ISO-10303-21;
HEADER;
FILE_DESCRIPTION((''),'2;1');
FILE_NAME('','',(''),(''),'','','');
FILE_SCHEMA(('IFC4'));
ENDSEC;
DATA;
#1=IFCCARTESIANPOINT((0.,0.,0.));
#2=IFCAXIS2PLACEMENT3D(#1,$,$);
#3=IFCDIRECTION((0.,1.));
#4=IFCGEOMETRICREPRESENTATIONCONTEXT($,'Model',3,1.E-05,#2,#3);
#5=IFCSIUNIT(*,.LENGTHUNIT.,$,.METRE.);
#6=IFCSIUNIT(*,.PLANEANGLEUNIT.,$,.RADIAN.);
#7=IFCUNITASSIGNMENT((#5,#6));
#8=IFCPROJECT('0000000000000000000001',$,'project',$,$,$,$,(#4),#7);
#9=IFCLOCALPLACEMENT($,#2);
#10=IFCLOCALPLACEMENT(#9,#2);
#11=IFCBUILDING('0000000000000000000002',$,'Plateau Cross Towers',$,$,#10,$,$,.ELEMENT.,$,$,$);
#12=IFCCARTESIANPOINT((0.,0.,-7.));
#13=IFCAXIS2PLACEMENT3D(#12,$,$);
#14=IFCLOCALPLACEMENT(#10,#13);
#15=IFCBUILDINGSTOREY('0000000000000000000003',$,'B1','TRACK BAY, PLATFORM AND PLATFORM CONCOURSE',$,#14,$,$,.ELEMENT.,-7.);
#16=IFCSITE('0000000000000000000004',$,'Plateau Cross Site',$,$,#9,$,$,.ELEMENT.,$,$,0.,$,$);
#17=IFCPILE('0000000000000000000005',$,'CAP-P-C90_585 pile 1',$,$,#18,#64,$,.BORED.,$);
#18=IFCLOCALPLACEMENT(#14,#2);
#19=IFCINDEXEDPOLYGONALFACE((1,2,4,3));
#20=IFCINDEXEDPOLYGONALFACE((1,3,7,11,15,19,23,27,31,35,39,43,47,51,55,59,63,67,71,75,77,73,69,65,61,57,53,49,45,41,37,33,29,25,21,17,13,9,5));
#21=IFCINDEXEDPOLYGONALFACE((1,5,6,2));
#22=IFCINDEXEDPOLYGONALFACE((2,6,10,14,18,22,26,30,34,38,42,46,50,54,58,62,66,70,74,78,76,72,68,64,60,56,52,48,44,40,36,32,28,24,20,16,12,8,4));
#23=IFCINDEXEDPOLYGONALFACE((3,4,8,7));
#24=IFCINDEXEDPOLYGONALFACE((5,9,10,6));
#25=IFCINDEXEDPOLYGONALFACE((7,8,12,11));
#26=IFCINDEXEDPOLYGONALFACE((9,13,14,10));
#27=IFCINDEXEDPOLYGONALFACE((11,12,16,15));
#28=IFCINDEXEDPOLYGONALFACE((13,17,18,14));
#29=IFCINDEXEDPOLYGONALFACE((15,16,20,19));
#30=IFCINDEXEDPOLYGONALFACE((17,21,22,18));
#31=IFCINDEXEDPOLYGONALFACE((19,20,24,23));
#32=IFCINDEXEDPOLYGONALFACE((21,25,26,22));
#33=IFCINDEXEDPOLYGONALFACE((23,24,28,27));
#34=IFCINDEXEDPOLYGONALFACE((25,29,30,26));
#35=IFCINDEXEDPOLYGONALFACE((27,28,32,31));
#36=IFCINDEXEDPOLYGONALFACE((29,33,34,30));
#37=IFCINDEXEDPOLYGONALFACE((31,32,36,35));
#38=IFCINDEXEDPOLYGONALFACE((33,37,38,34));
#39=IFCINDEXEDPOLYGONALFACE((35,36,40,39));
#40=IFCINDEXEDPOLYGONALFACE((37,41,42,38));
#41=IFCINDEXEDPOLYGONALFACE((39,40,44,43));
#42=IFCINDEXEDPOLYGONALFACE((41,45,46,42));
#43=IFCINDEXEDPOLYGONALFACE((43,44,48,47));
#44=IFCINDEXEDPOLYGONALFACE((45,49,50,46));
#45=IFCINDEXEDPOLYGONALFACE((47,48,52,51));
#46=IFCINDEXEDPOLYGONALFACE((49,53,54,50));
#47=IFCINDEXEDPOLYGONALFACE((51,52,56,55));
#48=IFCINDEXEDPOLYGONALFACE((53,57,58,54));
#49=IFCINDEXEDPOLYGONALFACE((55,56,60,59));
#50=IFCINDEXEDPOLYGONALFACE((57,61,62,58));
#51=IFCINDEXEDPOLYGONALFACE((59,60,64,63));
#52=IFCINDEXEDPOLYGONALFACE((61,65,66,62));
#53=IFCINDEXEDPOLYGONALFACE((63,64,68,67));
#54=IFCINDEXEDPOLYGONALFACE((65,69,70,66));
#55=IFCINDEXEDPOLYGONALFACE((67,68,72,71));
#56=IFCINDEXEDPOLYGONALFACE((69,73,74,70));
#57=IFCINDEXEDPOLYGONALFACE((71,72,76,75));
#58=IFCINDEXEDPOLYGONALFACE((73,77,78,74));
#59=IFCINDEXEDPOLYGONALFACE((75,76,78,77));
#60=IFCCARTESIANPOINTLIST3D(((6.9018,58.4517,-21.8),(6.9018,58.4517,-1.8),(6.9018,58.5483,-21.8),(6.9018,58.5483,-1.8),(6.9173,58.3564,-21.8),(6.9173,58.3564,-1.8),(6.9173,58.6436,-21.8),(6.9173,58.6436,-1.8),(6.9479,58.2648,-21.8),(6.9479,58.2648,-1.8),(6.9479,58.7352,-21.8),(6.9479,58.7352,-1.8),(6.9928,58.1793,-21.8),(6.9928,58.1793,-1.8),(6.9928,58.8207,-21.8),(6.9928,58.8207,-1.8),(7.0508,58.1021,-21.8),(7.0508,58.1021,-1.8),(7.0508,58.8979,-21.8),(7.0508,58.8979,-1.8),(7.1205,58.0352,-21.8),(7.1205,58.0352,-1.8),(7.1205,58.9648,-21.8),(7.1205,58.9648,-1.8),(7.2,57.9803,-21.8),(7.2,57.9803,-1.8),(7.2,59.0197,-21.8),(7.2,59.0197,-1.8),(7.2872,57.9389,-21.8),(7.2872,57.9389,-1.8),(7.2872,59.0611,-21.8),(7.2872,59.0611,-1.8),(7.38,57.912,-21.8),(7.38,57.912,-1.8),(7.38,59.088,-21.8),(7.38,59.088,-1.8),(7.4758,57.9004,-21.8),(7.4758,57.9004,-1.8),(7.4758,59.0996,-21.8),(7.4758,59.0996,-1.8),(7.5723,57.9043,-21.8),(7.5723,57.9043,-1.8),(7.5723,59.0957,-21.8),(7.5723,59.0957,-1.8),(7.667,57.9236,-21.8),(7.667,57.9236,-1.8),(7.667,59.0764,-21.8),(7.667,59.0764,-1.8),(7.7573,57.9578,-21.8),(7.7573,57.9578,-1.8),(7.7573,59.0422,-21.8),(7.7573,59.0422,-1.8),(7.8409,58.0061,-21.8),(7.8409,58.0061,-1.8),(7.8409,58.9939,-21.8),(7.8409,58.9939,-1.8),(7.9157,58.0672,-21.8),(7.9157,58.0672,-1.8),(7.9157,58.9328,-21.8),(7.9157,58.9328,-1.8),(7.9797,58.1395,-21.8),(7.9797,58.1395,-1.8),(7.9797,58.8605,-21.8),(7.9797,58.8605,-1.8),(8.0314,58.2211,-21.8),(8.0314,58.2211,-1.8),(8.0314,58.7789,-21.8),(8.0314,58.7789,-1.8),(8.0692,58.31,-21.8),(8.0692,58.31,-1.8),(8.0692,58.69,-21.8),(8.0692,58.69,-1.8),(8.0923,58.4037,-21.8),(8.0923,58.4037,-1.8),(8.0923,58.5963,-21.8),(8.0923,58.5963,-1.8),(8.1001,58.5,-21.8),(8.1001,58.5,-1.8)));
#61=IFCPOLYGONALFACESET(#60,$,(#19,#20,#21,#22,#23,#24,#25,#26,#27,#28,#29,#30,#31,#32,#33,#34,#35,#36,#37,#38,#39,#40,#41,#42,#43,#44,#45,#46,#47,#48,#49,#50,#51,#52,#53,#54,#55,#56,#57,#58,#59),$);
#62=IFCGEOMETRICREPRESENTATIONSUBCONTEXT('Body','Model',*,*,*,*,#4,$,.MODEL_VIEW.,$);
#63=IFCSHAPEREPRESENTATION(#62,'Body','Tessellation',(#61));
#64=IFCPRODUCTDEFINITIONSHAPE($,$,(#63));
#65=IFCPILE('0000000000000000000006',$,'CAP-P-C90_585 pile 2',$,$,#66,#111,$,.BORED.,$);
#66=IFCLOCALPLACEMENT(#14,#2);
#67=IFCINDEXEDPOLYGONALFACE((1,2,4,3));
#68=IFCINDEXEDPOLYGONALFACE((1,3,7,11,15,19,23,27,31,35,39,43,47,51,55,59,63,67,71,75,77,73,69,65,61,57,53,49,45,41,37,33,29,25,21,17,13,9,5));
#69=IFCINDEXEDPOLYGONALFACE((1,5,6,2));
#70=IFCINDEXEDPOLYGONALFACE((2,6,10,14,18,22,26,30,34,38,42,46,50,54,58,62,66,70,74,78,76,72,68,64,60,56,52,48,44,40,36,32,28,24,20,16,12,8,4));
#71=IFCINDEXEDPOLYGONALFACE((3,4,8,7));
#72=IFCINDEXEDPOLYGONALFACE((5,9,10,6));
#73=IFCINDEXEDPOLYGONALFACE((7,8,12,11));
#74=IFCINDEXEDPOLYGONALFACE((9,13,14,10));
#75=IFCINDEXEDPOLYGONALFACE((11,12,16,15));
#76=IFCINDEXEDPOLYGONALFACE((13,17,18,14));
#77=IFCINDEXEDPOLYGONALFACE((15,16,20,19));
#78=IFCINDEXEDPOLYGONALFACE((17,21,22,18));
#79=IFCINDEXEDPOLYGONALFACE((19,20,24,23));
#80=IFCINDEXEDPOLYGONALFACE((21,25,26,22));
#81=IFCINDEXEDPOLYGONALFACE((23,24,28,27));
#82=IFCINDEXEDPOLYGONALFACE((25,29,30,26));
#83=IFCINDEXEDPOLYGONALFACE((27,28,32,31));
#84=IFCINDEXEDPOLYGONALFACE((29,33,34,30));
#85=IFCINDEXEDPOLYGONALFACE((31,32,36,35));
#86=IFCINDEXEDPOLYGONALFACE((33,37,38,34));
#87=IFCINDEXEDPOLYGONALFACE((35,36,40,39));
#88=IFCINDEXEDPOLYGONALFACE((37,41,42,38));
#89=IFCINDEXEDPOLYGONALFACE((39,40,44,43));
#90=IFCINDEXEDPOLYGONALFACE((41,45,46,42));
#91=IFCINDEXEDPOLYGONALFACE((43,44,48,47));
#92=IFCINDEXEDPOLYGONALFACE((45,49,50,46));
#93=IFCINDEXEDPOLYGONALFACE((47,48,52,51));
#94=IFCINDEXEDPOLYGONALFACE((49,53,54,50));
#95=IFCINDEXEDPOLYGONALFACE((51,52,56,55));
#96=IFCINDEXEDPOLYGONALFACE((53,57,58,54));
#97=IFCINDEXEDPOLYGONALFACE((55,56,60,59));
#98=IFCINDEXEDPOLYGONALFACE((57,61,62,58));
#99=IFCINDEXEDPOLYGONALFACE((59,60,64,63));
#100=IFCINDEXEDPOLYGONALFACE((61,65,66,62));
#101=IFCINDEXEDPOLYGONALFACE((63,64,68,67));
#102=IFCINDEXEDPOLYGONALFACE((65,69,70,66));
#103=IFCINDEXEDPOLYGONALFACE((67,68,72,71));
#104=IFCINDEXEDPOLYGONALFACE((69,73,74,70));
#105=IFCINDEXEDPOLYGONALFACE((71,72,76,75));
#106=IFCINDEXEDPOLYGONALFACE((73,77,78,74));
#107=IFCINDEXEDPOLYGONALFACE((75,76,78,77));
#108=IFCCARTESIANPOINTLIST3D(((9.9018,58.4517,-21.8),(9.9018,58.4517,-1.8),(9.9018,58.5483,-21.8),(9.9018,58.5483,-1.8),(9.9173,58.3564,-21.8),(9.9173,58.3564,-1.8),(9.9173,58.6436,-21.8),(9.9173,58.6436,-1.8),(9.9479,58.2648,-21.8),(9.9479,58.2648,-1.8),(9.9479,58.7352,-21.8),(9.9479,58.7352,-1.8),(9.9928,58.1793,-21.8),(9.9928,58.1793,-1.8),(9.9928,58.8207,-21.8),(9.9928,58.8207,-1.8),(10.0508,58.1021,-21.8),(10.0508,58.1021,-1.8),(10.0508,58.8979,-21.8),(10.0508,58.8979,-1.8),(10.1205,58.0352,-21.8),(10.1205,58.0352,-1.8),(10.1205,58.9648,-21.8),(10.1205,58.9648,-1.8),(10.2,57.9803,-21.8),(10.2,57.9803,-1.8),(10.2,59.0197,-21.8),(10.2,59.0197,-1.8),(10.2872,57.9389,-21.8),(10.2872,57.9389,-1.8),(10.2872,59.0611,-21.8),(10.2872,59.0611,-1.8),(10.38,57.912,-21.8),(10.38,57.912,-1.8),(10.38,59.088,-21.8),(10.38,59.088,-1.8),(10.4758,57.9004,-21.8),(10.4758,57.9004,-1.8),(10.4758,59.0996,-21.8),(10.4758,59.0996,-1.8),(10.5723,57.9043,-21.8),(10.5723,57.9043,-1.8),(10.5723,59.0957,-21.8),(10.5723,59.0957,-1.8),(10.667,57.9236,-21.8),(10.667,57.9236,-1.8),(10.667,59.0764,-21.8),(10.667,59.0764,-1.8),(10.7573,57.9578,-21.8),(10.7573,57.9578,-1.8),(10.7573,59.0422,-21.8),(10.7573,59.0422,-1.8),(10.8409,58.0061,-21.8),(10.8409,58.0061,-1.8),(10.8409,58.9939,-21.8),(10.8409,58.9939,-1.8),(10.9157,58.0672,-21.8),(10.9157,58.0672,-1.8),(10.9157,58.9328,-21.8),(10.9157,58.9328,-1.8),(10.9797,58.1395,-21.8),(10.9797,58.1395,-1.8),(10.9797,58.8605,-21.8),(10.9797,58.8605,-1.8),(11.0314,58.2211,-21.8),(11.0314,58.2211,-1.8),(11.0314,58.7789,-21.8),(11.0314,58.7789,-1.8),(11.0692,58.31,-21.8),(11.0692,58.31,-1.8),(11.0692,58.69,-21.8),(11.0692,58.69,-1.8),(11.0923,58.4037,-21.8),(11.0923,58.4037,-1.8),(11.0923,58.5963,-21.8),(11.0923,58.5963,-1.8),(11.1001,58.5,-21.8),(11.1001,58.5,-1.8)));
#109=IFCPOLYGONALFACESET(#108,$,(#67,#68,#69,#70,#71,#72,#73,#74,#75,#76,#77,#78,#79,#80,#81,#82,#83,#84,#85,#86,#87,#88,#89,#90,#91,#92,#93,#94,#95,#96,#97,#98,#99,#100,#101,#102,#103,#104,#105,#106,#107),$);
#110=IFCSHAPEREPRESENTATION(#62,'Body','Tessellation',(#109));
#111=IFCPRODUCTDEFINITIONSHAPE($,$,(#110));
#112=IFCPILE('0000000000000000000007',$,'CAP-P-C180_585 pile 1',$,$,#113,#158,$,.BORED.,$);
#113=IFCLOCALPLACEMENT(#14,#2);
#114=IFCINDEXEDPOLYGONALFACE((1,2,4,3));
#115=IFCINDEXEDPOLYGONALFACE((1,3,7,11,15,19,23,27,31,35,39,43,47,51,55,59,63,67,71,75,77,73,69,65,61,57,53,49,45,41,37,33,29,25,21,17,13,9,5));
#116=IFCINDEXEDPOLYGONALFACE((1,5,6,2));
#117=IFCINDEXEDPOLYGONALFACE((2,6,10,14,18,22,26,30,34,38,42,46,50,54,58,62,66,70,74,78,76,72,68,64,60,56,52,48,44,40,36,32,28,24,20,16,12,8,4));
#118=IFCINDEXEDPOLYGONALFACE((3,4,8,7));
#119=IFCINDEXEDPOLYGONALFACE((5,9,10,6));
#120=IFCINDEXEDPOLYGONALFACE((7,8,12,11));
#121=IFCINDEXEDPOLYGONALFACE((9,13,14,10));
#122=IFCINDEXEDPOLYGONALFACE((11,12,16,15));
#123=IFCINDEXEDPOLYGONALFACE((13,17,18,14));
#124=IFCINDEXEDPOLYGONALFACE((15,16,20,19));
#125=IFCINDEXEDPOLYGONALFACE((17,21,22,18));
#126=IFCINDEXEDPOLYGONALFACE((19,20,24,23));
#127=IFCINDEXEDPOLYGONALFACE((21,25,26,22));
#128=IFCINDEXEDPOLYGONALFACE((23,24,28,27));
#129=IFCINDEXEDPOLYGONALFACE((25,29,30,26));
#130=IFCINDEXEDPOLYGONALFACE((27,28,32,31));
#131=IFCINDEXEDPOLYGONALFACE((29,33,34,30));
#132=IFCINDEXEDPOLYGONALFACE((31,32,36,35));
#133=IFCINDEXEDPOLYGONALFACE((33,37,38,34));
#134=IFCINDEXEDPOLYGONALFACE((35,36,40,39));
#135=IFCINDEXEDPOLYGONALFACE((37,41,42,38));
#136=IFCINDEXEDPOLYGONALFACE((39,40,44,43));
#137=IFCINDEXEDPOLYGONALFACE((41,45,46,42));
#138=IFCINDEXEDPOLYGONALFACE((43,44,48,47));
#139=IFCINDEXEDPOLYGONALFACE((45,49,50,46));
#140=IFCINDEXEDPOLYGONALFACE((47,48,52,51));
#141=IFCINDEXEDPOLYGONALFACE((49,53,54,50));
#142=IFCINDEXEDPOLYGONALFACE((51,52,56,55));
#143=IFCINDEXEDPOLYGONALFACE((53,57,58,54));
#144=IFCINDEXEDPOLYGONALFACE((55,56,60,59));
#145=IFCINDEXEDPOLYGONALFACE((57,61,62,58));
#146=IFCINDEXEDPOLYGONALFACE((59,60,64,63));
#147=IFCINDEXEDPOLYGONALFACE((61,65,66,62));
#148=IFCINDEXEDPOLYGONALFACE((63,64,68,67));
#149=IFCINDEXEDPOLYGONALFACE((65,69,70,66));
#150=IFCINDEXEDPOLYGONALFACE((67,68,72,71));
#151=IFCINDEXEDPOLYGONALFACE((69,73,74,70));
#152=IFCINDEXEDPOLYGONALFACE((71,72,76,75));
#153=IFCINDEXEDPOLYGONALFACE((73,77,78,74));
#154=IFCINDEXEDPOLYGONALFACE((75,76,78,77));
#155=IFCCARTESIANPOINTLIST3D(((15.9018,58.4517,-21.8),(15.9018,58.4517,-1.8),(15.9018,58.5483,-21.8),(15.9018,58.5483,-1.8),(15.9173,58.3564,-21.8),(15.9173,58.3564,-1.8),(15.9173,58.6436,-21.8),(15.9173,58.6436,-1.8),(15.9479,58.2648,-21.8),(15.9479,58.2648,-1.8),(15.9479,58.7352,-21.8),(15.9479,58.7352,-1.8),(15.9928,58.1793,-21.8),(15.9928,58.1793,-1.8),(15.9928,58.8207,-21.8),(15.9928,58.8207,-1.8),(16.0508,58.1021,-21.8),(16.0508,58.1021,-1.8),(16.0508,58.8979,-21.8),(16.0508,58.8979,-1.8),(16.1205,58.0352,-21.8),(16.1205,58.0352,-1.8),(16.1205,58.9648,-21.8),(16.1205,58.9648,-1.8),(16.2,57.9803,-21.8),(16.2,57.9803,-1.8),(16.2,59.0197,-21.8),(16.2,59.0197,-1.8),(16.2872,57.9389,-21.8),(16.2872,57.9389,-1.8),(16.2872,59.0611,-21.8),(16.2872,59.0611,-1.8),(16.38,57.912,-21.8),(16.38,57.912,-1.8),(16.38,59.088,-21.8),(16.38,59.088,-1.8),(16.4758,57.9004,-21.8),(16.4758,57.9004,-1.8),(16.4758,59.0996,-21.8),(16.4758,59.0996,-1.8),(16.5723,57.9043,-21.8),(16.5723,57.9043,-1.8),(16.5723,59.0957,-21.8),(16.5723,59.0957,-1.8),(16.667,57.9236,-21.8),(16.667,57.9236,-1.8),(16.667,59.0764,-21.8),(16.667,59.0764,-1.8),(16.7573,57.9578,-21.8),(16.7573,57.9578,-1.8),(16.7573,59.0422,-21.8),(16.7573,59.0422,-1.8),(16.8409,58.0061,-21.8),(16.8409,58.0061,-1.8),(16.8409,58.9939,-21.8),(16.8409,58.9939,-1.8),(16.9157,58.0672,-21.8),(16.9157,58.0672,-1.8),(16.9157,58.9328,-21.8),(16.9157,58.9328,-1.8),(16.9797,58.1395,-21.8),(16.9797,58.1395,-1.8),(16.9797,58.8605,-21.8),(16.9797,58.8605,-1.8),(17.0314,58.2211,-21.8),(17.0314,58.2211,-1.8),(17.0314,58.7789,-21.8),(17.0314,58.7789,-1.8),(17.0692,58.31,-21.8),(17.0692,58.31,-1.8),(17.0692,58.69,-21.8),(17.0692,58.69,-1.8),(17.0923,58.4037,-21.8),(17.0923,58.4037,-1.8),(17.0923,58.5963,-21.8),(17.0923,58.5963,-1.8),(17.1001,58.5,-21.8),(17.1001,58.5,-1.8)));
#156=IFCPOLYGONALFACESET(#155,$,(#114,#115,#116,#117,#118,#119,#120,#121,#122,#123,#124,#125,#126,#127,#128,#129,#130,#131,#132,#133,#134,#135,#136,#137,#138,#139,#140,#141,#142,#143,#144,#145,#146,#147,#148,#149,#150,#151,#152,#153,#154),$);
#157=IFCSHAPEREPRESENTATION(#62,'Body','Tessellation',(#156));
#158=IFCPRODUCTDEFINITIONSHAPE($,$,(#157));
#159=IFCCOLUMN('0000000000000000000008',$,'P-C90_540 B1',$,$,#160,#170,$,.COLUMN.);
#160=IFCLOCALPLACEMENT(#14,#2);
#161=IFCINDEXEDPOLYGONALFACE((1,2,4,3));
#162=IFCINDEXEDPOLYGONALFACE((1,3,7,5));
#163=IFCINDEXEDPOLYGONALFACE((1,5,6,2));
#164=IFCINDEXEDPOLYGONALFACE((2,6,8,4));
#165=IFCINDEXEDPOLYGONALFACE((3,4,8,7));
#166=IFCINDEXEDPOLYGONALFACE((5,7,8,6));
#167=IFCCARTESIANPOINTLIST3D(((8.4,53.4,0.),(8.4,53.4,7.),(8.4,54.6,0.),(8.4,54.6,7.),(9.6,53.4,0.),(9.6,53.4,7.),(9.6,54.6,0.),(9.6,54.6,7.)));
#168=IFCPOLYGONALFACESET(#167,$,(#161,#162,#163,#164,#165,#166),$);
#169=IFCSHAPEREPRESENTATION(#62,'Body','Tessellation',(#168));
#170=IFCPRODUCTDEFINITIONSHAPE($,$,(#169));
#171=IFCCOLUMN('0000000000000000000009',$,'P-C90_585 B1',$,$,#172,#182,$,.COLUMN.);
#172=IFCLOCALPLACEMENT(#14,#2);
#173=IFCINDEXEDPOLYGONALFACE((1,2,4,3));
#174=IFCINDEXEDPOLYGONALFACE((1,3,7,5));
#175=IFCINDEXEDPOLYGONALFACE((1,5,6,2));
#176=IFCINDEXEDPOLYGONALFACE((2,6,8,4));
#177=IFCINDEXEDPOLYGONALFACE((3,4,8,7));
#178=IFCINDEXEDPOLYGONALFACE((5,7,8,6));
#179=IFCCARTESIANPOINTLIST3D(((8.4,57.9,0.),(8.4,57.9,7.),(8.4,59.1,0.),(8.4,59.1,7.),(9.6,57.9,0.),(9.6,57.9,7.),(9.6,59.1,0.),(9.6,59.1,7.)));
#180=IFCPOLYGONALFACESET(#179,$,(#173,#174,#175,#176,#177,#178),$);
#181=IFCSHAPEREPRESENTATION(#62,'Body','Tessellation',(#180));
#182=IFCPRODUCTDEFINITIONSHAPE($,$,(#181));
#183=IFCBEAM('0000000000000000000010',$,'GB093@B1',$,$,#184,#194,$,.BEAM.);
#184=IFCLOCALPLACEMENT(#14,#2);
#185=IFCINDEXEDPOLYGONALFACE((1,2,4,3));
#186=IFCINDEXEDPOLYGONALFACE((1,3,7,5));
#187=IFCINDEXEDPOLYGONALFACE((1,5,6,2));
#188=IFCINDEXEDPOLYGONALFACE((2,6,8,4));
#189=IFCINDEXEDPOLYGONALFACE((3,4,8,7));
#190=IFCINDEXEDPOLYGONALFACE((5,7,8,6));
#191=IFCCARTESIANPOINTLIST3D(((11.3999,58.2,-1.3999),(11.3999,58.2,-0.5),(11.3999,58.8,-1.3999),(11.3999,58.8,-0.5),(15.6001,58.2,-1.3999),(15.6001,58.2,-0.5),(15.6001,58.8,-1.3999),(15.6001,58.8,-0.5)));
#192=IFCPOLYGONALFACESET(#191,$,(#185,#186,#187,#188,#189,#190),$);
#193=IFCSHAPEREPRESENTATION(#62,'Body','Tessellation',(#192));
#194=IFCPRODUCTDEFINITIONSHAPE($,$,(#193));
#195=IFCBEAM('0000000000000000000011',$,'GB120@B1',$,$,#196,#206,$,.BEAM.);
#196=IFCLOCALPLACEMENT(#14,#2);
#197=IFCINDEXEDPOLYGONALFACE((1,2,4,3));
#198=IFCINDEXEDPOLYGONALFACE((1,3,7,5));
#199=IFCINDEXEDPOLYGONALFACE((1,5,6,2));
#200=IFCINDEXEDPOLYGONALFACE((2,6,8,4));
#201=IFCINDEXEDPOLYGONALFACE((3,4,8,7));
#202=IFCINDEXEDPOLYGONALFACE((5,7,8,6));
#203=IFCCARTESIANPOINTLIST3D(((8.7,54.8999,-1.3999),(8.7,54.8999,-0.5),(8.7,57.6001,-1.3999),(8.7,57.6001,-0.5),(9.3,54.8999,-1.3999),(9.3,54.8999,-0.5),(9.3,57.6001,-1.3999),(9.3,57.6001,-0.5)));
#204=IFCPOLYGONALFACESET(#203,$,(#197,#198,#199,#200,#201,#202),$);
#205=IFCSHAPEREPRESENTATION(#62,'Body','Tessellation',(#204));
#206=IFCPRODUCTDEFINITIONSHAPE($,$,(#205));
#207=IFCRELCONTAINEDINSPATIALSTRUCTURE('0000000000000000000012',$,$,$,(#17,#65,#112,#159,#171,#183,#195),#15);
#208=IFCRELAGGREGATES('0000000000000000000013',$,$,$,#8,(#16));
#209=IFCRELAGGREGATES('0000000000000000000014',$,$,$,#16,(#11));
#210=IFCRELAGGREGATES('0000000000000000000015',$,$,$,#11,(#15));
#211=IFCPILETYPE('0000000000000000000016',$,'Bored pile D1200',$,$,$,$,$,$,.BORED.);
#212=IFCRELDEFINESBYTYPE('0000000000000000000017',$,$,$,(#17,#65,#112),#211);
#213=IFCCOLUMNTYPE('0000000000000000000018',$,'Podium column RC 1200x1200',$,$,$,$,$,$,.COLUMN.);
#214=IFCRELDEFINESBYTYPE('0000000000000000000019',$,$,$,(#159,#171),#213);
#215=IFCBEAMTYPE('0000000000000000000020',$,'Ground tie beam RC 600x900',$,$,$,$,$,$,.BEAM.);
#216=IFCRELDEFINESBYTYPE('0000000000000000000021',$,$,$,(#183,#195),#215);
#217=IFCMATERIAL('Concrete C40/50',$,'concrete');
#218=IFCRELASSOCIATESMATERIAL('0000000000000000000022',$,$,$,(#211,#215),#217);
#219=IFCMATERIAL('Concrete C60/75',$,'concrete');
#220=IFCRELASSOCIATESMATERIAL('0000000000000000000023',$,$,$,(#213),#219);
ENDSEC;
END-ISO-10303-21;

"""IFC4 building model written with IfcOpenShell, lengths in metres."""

from ifc_helpers import new_model, si_unit, direction, frame, origin, origin_2d, place, context, subcontext, project, spatial, rectangle, circle, extrude, material, material_profile, profile_set, type_object, element, save


model = new_model("IFC4")

# Units and contexts
model_context = context("Model", 3, precision=1e-05, world=origin(), true_north=direction((0.0, 1.0)))
body_context = subcontext(model_context, "Body", "Model", "MODEL_VIEW")
ifc_project = project(units=[si_unit("LENGTHUNIT", "METRE"), si_unit("PLANEANGLEUNIT", "RADIAN")], contexts=[model_context])

# Site, building, storey
site_placement = place(None, origin())
site = spatial("IfcSite", under=ifc_project, at=site_placement, Name="Plateau Cross Site", CompositionType="ELEMENT", RefElevation=0.0)
building_placement = place(site_placement, origin())
building = spatial("IfcBuilding", under=site, at=building_placement, Name="Plateau Cross Towers", CompositionType="ELEMENT")
storey_placement = place(building_placement, frame((0.0, 0.0, -7.0)))
storey = spatial("IfcBuildingStorey", under=building, at=storey_placement, Name="B1", Description="TRACK BAY, PLATFORM AND PLATFORM CONCOURSE", CompositionType="ELEMENT", Elevation=-7.0)

# Piles
ifc_material_1 = material(Name="Concrete C40/50", Category="concrete")
ifc_material_profile_1 = material_profile(ifc_material_1, circle(Radius=0.6001, at=origin_2d()), Name="Bored pile D1200")
ifc_profile_set_1 = profile_set([ifc_material_profile_1], Name="Concrete C40/50")
pile_type = type_object("IfcPileType", Name="Bored pile D1200", PredefinedType="BORED", material=ifc_profile_set_1)
for number, where, z_axis, x_axis, name in (
    (1, (7.5, 58.5, -1.8), (0.0, 0.0, -1.0), (1.0, 0.0, 0.0), "CAP-P-C90_585 pile 1"),
    (2, (10.5, 58.5, -1.8), (0.0, 0.0, -1.0), (1.0, 0.0, 0.0), "CAP-P-C90_585 pile 2"),
    (3, (16.5, 58.5, -1.8), (0.0, 0.0, -1.0), (1.0, 0.0, 0.0), "CAP-P-C180_585 pile 1"),
):
    element("IfcPile", number, at=place(storey_placement, frame(where, z_axis=z_axis, x_axis=x_axis)), inside=storey, type_object=pile_type, Name=name, PredefinedType="BORED", context=body_context, shape_type="SweptSolid", body=[
        extrude(circle(Radius=0.6001, at=origin_2d()), origin(), (0.0, 0.0, 1.0), 20.0),
    ])

# Columns
ifc_material_2 = material(Name="Concrete C60/75", Category="concrete")
ifc_material_profile_2 = material_profile(ifc_material_2, rectangle(XDim=1.2, YDim=1.2, at=origin_2d()), Name="RC 1200x1200")
ifc_profile_set_2 = profile_set([ifc_material_profile_2], Name="Concrete C60/75")
column_type = type_object("IfcColumnType", Name="Podium column RC 1200x1200", PredefinedType="COLUMN", material=ifc_profile_set_2)
for number, where, z_axis, x_axis, name in (
    (4, (9.0, 54.0, 0.0), (0.0, 0.0, 1.0), (1.0, 0.0, 0.0), "P-C90_540 B1"),
    (5, (9.0, 58.5, 0.0), (0.0, 0.0, 1.0), (1.0, 0.0, 0.0), "P-C90_585 B1"),
):
    element("IfcColumn", number, at=place(storey_placement, frame(where, z_axis=z_axis, x_axis=x_axis)), inside=storey, type_object=column_type, Name=name, PredefinedType="COLUMN", context=body_context, shape_type="SweptSolid", body=[
        extrude(rectangle(XDim=1.2, YDim=1.2, at=origin_2d()), origin(), (0.0, 0.0, 1.0), 7.0),
    ])

# Beams
ifc_material_profile_3 = material_profile(ifc_material_1, rectangle(XDim=0.6001, YDim=0.8999, at=origin_2d()), Name="RC 600x900")
ifc_profile_set_3 = profile_set([ifc_material_profile_3], Name="Concrete C40/50")
beam_type_1 = type_object("IfcBeamType", Name="Ground tie beam RC 600x900", PredefinedType="BEAM", material=ifc_profile_set_3)
beam_1_placement = place(storey_placement, frame((11.3999, 58.5, -0.95), z_axis=(1.0, 0.0, 0.0), x_axis=(0.0, 1.0, 0.0)))
element("IfcBeam", 6, at=beam_1_placement, inside=storey, type_object=beam_type_1, Name="GB093@B1", PredefinedType="BEAM", context=body_context, shape_type="SweptSolid", body=[
    extrude(rectangle(XDim=0.6001, YDim=0.8999, at=origin_2d()), origin(), (0.0, 0.0, 1.0), 4.2002),
])
beam_2_placement = place(storey_placement, frame((9.0, 54.8999, -0.95), z_axis=(0.0, 1.0, 0.0), x_axis=(-1.0, 0.0, 0.0)))
element("IfcBeam", 7, at=beam_2_placement, inside=storey, type_object=beam_type_1, Name="GB120@B1", PredefinedType="BEAM", context=body_context, shape_type="SweptSolid", body=[
    extrude(rectangle(XDim=0.6001, YDim=0.8999, at=origin_2d()), origin(), (0.0, 0.0, 1.0), 2.7002),
])

save(model, "model.ifc")
